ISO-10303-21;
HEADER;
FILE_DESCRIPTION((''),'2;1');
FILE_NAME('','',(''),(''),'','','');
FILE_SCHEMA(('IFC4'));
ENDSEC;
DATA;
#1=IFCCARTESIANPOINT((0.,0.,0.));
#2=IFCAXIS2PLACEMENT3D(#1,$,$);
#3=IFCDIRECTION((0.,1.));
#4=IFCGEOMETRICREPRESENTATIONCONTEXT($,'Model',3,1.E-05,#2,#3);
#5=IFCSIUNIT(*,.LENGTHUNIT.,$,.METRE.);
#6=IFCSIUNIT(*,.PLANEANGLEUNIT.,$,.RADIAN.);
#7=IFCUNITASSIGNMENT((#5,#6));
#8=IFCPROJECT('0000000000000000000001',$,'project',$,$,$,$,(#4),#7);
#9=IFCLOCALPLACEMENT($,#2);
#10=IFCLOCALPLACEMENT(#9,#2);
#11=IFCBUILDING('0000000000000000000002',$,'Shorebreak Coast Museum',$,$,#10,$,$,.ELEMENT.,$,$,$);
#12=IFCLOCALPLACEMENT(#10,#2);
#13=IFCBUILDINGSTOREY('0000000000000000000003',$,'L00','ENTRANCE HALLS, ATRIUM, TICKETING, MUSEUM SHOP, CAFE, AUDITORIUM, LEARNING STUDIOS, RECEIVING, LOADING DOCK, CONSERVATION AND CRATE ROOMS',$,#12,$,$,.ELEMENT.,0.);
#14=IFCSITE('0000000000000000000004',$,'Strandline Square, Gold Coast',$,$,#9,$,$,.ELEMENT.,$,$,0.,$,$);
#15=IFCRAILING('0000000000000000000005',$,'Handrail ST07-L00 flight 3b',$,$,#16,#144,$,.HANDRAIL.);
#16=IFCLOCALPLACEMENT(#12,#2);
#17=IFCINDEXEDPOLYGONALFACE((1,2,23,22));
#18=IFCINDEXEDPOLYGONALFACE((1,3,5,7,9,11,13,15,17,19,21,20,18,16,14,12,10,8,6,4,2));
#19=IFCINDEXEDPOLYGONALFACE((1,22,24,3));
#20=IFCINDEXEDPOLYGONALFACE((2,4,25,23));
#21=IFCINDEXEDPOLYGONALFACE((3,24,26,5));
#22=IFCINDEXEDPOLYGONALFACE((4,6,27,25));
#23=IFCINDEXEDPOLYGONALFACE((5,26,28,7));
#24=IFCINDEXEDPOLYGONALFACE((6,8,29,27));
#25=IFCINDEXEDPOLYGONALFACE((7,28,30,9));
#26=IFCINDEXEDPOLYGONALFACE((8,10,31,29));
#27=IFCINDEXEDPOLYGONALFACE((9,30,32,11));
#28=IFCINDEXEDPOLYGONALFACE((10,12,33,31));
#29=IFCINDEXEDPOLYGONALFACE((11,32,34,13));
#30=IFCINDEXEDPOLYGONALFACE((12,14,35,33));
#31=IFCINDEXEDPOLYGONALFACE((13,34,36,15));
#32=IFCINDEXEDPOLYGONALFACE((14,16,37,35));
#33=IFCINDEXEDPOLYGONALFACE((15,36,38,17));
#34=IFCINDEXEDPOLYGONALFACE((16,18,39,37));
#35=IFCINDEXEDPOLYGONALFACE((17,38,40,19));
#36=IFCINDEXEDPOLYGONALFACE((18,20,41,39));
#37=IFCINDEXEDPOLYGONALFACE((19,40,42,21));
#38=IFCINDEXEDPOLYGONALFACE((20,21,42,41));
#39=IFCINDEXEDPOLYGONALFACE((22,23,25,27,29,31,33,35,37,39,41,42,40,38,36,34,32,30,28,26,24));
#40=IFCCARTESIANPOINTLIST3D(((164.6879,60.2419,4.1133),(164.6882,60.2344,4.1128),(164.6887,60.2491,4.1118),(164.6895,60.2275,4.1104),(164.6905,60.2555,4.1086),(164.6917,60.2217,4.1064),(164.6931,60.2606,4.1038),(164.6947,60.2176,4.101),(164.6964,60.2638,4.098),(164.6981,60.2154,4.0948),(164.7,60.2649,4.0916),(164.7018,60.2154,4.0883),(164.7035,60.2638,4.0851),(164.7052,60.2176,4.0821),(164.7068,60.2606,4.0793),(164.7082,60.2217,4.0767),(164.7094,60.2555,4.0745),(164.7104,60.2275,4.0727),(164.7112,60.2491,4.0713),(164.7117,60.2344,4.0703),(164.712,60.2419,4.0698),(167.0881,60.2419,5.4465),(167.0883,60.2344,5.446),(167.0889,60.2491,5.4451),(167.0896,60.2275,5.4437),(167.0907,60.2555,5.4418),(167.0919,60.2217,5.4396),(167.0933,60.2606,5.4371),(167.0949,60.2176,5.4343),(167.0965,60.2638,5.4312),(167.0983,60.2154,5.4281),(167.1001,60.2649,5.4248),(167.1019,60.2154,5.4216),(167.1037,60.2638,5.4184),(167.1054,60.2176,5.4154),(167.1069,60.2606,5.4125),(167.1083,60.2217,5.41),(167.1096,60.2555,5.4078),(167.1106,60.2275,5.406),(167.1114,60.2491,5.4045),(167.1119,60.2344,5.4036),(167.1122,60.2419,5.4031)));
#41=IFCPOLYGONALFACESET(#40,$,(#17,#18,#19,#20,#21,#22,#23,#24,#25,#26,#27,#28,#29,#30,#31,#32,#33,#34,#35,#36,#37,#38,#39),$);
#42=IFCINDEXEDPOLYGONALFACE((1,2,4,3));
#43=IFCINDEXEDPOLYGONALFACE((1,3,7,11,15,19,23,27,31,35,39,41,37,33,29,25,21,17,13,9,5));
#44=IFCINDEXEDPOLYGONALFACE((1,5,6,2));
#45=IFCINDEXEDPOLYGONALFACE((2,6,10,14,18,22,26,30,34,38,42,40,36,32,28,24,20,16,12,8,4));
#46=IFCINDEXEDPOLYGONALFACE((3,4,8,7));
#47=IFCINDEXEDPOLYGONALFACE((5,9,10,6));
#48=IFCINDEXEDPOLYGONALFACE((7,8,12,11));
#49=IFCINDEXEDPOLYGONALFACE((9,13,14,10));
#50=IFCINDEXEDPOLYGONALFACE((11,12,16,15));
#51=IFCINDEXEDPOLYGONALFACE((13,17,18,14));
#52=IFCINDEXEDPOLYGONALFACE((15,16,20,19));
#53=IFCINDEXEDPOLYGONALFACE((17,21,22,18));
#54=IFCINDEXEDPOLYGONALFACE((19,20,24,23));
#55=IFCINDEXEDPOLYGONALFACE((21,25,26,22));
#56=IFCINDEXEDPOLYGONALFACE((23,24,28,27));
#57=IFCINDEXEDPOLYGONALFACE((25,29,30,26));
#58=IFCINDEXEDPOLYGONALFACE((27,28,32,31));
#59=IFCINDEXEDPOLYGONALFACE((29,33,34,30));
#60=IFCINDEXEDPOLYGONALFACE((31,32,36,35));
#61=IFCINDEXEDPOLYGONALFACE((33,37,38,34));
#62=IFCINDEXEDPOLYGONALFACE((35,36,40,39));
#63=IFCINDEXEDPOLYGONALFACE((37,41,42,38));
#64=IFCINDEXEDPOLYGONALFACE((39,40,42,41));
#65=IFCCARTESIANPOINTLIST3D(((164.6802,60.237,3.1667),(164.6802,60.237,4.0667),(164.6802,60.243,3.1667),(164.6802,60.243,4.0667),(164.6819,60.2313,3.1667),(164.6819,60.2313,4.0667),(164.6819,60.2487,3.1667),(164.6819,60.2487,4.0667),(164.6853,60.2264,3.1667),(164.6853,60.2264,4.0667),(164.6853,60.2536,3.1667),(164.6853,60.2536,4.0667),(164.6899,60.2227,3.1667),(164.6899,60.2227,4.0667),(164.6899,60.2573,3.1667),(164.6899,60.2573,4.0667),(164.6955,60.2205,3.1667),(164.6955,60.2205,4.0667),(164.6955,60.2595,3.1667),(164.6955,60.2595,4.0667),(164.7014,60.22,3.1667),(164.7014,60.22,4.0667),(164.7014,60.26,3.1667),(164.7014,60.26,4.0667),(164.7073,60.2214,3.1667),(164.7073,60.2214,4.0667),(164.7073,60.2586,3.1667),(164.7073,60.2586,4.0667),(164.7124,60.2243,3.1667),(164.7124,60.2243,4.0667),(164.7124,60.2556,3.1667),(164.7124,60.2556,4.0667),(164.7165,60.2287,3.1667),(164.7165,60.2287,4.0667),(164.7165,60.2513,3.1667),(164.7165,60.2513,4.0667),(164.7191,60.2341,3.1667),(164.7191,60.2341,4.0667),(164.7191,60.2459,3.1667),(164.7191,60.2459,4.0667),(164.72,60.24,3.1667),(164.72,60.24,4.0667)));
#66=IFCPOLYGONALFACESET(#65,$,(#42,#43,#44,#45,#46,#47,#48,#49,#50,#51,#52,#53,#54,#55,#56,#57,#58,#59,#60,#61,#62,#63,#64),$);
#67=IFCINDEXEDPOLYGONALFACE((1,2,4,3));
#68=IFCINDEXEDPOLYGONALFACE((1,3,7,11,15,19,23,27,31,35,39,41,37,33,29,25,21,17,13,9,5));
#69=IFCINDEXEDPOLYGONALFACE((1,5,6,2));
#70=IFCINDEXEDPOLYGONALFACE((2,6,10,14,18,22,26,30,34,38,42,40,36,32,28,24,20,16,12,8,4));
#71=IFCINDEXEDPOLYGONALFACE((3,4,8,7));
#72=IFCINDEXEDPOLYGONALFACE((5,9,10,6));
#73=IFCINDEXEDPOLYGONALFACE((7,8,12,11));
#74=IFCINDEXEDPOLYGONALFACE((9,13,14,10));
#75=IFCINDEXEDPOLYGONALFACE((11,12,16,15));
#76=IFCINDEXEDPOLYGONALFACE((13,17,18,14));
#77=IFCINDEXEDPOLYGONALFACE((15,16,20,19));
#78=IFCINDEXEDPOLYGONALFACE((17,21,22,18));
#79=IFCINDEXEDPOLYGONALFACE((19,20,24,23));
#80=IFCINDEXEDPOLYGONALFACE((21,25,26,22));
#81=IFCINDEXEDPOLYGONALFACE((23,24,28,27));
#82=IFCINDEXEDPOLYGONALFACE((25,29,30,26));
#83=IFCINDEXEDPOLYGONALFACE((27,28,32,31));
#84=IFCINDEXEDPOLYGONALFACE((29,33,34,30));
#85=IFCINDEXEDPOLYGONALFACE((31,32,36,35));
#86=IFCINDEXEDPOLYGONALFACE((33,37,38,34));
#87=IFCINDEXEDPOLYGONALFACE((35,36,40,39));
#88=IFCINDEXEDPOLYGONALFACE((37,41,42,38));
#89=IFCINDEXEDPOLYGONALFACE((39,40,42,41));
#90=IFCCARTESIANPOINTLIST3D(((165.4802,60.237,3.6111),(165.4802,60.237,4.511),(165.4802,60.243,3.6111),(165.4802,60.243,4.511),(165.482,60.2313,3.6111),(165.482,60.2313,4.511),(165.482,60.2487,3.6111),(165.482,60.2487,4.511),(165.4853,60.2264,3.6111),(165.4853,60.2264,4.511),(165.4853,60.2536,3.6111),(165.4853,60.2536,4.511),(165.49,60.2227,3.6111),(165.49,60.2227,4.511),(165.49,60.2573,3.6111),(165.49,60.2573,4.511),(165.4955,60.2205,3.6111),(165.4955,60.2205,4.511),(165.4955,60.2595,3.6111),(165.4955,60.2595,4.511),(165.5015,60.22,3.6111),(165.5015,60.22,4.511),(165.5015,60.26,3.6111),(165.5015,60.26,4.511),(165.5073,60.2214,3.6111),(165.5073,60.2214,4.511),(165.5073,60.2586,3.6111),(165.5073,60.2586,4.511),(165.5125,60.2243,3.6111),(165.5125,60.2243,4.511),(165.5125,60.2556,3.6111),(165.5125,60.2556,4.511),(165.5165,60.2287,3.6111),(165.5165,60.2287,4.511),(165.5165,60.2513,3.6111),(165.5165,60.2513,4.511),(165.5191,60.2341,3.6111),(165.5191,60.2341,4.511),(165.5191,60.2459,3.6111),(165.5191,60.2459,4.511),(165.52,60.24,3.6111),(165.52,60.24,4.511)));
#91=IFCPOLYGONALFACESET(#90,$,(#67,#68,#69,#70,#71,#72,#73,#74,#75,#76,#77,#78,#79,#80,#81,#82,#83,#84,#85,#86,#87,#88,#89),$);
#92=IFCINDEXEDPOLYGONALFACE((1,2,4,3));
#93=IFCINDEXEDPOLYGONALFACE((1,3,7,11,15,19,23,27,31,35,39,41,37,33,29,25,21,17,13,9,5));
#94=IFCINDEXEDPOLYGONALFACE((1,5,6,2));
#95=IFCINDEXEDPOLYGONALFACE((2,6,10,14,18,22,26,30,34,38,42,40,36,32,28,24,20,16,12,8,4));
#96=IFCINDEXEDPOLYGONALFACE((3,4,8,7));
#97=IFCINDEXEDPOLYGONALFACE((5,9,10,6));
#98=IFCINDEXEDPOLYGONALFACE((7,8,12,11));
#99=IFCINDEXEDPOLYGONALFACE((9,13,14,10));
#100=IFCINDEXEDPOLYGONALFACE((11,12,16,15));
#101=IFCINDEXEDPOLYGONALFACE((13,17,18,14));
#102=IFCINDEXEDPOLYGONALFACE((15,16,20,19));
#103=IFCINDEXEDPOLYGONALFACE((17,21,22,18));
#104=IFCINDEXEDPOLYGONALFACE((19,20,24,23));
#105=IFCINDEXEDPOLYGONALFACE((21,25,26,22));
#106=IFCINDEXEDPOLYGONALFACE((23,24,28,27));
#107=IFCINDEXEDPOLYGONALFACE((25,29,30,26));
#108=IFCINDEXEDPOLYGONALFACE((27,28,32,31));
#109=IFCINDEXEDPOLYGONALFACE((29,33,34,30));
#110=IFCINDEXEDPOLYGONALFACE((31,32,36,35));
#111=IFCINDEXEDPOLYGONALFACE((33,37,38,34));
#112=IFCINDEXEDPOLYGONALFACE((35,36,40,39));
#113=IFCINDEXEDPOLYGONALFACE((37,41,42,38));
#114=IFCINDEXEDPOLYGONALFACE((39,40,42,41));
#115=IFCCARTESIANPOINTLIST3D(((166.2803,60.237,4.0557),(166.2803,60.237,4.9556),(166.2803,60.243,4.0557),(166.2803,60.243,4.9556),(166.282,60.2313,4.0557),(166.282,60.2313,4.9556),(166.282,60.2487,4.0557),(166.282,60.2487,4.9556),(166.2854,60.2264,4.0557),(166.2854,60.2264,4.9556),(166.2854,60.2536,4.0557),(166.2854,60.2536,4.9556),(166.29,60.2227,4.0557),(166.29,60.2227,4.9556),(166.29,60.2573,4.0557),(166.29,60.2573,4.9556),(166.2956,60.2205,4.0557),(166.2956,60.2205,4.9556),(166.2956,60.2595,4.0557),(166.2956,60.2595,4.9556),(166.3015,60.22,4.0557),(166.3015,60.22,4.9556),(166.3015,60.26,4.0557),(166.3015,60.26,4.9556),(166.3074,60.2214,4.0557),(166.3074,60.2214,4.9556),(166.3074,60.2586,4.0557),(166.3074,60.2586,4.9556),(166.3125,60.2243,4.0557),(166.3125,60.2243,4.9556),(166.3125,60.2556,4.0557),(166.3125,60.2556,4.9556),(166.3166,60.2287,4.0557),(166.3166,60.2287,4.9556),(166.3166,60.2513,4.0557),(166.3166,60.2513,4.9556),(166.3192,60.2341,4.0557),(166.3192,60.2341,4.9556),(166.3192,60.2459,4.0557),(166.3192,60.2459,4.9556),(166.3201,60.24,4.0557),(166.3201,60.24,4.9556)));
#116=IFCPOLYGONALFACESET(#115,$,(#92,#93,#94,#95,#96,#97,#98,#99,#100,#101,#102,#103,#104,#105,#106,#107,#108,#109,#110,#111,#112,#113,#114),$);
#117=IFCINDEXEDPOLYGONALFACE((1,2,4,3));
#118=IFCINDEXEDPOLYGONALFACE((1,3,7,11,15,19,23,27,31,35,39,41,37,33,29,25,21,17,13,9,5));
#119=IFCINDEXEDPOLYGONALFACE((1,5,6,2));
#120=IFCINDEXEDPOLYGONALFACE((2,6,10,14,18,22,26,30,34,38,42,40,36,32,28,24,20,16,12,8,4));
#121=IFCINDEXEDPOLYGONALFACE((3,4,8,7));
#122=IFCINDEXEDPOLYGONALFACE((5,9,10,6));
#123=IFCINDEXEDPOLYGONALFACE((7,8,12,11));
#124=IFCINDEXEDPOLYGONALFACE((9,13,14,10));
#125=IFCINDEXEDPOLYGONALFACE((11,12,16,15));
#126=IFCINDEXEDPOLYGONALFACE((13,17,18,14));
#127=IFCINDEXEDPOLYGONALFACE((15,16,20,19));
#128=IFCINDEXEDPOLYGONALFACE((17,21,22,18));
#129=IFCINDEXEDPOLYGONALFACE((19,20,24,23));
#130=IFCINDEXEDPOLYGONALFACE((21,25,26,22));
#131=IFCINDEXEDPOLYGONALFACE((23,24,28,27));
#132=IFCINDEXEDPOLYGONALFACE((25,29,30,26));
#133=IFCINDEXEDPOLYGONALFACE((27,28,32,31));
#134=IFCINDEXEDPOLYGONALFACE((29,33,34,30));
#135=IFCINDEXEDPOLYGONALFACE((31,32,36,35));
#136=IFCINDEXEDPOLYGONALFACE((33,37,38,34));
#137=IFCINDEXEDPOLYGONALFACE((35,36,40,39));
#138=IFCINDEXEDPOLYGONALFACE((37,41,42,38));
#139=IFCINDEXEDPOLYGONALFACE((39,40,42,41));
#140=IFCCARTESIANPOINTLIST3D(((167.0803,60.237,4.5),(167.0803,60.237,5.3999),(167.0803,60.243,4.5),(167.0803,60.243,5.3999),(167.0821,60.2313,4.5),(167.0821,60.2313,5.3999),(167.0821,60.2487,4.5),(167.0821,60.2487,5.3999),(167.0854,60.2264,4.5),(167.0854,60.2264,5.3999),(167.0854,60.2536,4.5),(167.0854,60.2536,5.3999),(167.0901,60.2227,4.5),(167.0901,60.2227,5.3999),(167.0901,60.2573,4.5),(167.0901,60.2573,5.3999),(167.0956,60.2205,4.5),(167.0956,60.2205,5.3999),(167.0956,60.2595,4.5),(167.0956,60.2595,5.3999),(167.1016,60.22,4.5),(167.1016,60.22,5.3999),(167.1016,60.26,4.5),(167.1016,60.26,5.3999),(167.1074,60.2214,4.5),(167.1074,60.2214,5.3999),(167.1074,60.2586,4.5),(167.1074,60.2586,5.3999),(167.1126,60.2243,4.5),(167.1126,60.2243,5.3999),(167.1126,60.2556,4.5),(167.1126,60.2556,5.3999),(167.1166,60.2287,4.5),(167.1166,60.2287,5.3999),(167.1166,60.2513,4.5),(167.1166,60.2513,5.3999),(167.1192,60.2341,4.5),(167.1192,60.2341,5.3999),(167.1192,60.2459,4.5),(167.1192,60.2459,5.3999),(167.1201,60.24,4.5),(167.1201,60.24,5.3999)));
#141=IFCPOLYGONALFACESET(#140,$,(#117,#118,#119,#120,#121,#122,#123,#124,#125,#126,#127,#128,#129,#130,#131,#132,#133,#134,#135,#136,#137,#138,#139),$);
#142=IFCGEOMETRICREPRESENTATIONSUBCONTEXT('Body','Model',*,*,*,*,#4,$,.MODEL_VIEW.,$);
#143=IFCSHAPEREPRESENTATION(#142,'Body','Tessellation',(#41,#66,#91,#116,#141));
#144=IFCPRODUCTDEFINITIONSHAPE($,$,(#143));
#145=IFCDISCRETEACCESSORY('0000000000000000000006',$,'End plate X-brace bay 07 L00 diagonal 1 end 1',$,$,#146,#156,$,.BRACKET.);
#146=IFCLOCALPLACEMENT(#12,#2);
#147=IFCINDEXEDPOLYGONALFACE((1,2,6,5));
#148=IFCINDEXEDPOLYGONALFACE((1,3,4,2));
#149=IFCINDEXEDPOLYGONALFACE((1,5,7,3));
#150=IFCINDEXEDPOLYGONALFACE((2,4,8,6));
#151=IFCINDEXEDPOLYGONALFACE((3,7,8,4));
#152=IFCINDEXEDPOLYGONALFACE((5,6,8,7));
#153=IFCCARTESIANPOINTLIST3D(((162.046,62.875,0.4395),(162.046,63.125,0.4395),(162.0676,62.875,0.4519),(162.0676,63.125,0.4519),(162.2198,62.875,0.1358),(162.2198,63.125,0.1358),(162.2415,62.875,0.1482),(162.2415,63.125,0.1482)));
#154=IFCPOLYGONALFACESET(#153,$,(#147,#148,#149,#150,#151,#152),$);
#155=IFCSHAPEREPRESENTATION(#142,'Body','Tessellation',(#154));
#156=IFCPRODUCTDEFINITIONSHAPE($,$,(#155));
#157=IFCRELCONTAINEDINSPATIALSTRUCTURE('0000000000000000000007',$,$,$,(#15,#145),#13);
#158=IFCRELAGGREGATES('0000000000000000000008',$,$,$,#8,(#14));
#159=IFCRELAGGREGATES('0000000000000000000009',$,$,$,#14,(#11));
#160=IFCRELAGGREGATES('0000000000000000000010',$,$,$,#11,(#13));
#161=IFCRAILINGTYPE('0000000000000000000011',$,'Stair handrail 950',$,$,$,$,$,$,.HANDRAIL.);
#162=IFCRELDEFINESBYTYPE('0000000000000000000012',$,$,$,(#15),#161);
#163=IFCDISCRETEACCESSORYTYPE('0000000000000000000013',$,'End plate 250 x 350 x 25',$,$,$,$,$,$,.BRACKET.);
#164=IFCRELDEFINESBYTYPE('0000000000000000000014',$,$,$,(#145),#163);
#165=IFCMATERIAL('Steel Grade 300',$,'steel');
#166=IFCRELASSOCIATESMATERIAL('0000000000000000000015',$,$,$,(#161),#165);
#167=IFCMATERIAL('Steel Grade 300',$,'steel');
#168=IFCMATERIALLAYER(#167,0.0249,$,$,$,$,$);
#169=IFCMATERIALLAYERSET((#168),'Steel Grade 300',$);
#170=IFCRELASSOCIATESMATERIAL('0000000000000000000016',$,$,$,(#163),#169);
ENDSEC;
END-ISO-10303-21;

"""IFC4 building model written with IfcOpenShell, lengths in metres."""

from ifc_helpers import new_model, si_unit, direction, frame, origin, origin_2d, place, context, subcontext, project, spatial, polyline, circle, outline, extrude, material, layer, layer_set, type_object, element, save


model = new_model("IFC4")

# Units and contexts
model_context = context("Model", 3, precision=1e-05, world=origin(), true_north=direction((0.0, 1.0)))
body_context = subcontext(model_context, "Body", "Model", "MODEL_VIEW")
ifc_project = project(units=[si_unit("LENGTHUNIT", "METRE"), si_unit("PLANEANGLEUNIT", "RADIAN")], contexts=[model_context])

# Site, building, storey
site_placement = place(None, origin())
site = spatial("IfcSite", under=ifc_project, at=site_placement, Name="Strandline Square, Gold Coast", CompositionType="ELEMENT", RefElevation=0.0)
building_placement = place(site_placement, origin())
building = spatial("IfcBuilding", under=site, at=building_placement, Name="Shorebreak Coast Museum", CompositionType="ELEMENT")
storey_placement = place(building_placement, origin())
storey = spatial("IfcBuildingStorey", under=building, at=storey_placement, Name="L00", Description="ENTRANCE HALLS, ATRIUM, TICKETING, MUSEUM SHOP, CAFE, AUDITORIUM, LEARNING STUDIOS, RECEIVING, LOADING DOCK, CONSERVATION AND CRATE ROOMS", CompositionType="ELEMENT", Elevation=0.0)

# Railing
ifc_material_1 = material(Name="Steel Grade 300", Category="steel")
railing_type_1 = type_object("IfcRailingType", Name="Stair handrail 950", PredefinedType="HANDRAIL", material=ifc_material_1)
for number, where, name in (
    (1, (164.7, 60.24, 3.1667), "Handrail ST07-L00 flight 3b"),
):
    element("IfcRailing", number, at=place(storey_placement, frame(where)), inside=storey, type_object=railing_type_1, Name=name, PredefinedType="HANDRAIL", context=body_context, shape_type="SweptSolid", body=[
        extrude(circle(Radius=0.0249, at=origin_2d()), frame((0.0, 0.0, 0.9248), z_axis=(0.874182, 0.0, 0.485598), x_axis=(0.0, 1.0, 0.0)), (0.0, 0.0, 1.0), 2.7456),
        extrude(circle(Radius=0.02, at=origin_2d()), origin(), (0.0, 0.0, 1.0), 0.8999),
        extrude(circle(Radius=0.02, at=origin_2d()), frame((0.8, 0.0, 0.4443)), (0.0, 0.0, 1.0), 0.8999),
        extrude(circle(Radius=0.02, at=origin_2d()), frame((1.6001, 0.0, 0.8889)), (0.0, 0.0, 1.0), 0.8999),
        extrude(circle(Radius=0.02, at=origin_2d()), frame((2.4001, 0.0, 1.3333)), (0.0, 0.0, 1.0), 0.8999),
    ])

# Discrete accessory
ifc_material_2 = material(Name="Steel Grade 300", Category="steel")
ifc_layer_1 = layer(ifc_material_2, 0.0249)
ifc_layer_set_1 = layer_set([ifc_layer_1], Name="Steel Grade 300")
discrete_accessory_type = type_object("IfcDiscreteAccessoryType", Name="End plate 250 x 350 x 25", PredefinedType="BRACKET", material=ifc_layer_set_1)
discrete_accessory_placement = place(storey_placement, frame((162.2415, 62.875, 0.1482), z_axis=(0.867899, 0.0, 0.49674), x_axis=(0.0, 1.0, 0.0)))
element("IfcDiscreteAccessory", 2, at=discrete_accessory_placement, inside=storey, type_object=discrete_accessory_type, Name="End plate X-brace bay 07 L00 diagonal 1 end 1", PredefinedType="BRACKET", context=body_context, shape_type="SweptSolid", body=[
    extrude(outline(polyline([(0.0, 0.0), (0.25, 0.0), (0.25, 0.3499), (0.0, 0.3499), (0.0, 0.0)])), origin(), (0.0, 0.0, -1.0), 0.0249),
])

save(model, "model.ifc")
